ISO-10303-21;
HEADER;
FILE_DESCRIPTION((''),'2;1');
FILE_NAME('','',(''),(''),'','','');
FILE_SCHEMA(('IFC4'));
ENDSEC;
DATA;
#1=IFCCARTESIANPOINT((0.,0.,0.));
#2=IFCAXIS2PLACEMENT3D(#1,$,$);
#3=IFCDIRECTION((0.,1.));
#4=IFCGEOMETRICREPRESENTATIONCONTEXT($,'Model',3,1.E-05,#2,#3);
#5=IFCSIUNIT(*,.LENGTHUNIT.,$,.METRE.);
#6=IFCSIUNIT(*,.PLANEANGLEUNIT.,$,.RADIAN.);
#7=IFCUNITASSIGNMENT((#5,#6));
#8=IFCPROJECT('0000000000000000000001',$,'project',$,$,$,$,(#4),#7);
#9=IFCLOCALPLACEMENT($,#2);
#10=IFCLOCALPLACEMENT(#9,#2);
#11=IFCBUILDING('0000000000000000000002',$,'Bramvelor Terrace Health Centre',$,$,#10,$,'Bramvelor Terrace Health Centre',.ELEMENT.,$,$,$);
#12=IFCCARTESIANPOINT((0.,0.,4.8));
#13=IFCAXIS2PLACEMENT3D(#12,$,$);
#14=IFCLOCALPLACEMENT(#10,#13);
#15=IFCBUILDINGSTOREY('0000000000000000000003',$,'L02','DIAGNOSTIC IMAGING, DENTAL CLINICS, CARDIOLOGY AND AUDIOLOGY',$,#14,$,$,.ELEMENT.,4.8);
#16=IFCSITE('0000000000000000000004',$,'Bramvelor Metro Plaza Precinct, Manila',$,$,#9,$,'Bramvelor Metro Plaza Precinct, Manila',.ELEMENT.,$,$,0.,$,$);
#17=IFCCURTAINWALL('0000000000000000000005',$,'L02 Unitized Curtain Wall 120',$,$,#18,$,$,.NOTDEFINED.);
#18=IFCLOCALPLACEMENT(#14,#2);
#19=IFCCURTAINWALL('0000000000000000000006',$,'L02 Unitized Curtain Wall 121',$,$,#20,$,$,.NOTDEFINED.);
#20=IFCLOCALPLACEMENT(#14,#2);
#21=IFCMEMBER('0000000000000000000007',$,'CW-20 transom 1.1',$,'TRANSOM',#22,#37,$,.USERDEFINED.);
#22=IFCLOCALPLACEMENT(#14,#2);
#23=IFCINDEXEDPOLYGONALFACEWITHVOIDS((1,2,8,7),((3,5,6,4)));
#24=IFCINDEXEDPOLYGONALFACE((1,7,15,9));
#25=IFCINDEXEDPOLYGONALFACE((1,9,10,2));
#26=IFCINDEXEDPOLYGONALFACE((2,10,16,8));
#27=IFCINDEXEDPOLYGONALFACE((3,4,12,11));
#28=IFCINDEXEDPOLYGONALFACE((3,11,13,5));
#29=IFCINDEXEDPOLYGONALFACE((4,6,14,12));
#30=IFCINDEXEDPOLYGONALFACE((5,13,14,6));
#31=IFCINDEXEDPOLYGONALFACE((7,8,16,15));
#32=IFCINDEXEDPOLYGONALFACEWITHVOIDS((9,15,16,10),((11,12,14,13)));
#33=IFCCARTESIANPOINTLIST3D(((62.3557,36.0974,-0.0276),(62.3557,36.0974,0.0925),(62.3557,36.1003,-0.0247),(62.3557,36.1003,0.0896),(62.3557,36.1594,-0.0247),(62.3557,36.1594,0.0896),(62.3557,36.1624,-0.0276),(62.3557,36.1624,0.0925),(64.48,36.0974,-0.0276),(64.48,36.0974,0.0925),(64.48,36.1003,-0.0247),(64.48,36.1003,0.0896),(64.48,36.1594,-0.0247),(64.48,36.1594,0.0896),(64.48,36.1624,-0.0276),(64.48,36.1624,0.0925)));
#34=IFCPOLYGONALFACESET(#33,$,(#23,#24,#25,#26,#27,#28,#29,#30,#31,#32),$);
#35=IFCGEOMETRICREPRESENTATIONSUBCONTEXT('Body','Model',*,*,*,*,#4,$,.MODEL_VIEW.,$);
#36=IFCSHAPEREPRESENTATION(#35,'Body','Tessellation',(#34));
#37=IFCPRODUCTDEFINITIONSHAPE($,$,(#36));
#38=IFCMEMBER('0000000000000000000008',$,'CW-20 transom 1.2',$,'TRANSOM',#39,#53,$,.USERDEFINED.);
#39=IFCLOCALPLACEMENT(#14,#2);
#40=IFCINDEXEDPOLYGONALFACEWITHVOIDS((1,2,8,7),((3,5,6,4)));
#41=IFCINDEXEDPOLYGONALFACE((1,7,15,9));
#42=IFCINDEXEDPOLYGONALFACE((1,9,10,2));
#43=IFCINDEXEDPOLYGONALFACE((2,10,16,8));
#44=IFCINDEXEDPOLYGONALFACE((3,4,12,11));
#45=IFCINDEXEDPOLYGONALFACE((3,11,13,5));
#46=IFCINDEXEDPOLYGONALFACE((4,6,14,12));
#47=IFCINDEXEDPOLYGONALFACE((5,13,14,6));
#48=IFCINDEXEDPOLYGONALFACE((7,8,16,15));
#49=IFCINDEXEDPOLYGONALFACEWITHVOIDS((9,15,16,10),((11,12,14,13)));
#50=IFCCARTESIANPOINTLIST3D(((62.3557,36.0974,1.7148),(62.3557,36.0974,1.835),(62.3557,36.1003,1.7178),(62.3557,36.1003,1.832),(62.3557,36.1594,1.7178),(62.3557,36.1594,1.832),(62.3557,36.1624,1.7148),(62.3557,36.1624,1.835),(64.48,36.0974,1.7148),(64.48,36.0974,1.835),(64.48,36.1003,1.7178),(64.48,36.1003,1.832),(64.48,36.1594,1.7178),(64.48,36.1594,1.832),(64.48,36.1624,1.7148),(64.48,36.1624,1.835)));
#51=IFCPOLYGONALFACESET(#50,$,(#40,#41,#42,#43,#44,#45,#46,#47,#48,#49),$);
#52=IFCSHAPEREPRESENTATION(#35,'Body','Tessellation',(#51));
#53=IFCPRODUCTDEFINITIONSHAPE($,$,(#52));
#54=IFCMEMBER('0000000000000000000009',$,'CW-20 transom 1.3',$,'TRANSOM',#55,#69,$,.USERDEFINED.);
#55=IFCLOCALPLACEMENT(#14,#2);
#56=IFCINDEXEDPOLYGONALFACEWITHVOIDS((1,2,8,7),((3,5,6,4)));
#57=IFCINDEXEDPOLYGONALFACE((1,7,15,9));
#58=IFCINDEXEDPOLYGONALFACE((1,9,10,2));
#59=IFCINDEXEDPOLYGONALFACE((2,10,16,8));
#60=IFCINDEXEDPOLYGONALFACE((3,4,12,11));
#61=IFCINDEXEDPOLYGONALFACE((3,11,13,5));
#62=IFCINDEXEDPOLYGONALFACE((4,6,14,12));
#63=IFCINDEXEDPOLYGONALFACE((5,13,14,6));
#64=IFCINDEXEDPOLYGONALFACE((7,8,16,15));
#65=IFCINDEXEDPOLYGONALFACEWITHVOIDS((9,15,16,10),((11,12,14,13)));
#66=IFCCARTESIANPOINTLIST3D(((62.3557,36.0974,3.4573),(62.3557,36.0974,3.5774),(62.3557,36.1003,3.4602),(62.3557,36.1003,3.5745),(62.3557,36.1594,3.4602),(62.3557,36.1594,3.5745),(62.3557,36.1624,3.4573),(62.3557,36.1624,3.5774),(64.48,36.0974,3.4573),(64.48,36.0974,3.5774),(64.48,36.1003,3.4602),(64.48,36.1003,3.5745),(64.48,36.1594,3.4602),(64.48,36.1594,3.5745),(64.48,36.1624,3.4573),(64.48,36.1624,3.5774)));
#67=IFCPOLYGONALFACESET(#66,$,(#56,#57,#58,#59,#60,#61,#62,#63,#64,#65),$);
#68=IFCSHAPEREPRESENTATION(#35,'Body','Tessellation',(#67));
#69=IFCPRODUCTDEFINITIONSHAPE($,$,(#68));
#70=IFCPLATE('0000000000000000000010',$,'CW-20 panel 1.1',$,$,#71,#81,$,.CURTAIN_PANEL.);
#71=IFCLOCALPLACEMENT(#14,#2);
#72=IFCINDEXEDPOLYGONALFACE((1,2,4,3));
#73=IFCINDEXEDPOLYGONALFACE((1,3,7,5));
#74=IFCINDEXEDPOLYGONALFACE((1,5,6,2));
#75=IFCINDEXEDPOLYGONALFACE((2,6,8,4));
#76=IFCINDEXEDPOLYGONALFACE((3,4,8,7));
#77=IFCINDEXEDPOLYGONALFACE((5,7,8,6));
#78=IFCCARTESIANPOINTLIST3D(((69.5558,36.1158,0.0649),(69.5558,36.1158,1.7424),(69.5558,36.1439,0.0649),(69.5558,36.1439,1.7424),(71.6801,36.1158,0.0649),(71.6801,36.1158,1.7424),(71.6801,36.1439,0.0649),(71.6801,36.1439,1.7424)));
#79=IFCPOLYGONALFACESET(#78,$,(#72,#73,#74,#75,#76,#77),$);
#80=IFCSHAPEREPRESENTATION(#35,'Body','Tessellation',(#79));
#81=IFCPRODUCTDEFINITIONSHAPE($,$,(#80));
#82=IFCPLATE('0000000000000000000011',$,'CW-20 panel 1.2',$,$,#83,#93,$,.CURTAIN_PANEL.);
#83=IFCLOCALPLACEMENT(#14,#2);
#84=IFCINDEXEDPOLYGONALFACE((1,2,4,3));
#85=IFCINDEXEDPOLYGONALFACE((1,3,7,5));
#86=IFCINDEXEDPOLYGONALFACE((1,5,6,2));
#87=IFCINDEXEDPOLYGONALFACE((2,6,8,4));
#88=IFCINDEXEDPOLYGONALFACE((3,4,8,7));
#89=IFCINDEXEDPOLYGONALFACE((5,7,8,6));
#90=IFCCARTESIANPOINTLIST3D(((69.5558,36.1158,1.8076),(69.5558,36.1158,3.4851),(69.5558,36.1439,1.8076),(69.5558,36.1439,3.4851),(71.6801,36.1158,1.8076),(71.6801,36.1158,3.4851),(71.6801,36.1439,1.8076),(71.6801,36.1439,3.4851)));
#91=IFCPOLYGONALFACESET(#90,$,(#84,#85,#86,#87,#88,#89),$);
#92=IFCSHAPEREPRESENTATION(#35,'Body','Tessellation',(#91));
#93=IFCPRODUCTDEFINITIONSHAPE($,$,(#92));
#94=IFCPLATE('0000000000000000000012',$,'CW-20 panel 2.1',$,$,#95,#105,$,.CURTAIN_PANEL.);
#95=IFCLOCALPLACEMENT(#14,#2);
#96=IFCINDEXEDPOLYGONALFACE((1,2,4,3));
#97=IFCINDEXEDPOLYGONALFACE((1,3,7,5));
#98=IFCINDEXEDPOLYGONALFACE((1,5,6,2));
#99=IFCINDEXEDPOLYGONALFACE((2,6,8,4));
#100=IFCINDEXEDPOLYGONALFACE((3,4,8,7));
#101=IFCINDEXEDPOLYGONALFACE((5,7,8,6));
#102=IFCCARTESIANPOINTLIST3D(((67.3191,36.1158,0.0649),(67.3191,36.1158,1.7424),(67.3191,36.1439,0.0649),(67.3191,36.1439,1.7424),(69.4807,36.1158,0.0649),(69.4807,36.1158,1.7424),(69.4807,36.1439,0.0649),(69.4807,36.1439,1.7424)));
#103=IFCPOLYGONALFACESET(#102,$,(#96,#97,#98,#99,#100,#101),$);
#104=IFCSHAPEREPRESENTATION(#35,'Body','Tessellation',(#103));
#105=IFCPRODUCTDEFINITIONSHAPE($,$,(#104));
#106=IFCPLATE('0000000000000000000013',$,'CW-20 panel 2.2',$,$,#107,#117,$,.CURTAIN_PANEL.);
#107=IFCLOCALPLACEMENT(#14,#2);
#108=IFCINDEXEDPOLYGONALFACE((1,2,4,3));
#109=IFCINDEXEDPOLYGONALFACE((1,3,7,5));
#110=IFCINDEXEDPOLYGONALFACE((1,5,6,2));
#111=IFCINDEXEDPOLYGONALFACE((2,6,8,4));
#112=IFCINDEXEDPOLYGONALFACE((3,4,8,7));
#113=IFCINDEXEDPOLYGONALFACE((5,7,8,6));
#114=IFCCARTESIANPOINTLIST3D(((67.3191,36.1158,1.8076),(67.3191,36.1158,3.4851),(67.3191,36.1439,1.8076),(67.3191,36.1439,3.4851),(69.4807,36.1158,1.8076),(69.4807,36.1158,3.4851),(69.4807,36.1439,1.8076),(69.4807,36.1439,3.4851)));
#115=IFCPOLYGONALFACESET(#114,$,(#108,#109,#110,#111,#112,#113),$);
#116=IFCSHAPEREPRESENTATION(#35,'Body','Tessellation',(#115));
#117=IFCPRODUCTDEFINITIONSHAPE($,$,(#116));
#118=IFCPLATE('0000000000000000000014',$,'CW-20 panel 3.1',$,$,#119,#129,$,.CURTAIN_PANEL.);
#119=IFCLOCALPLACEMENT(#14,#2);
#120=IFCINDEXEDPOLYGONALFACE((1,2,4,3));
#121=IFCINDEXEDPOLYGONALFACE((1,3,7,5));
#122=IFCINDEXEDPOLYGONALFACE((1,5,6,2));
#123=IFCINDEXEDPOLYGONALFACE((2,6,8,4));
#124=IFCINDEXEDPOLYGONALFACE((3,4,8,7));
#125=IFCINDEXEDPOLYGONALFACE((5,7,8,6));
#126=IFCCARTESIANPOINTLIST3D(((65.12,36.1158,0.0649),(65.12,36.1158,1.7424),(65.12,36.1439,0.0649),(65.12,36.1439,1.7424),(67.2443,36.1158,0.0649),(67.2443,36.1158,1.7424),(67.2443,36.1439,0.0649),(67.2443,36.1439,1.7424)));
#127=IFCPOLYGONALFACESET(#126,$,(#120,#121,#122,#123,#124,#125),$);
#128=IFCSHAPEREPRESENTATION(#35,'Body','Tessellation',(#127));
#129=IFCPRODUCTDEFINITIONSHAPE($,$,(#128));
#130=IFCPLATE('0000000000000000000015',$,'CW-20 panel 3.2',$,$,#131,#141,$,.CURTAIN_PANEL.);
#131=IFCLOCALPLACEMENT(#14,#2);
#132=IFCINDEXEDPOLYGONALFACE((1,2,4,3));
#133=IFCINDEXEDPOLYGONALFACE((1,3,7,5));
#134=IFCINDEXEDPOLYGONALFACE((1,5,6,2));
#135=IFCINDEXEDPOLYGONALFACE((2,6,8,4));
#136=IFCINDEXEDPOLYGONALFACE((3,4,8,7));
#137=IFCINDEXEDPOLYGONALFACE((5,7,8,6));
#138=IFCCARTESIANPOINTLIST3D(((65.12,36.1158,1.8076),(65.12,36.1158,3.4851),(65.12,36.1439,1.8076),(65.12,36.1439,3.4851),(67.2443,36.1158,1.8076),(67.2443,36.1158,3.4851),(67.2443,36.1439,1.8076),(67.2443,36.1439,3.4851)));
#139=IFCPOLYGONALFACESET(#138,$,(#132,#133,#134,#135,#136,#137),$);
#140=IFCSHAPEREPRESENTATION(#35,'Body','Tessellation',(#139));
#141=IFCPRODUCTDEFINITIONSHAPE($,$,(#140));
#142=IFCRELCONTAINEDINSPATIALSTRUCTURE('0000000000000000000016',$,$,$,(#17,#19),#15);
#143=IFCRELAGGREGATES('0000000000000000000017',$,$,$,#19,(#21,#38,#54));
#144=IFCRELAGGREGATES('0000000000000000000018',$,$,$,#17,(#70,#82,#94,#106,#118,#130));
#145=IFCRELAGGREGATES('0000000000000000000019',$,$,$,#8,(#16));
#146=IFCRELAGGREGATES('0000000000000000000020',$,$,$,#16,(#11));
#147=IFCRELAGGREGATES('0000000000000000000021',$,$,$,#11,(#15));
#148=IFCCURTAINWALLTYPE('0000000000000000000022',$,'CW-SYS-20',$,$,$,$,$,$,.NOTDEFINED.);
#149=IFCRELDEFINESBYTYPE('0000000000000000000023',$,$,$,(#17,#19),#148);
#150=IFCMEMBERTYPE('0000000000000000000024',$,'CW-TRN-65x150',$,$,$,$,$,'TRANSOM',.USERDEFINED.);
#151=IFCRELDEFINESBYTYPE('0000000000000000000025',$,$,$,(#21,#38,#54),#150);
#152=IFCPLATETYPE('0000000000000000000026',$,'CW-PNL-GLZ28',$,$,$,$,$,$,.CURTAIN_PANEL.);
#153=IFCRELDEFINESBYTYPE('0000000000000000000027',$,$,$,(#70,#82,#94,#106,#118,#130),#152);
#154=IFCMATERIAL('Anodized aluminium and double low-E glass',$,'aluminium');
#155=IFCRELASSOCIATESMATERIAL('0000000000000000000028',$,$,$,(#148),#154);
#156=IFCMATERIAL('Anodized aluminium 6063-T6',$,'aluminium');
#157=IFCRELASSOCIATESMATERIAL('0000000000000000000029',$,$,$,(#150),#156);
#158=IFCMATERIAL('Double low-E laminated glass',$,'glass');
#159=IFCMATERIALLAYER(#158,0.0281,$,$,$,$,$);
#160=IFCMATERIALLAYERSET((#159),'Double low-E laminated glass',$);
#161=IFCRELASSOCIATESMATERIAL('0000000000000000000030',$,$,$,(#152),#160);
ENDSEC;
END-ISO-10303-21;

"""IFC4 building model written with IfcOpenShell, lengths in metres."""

from ifc_helpers import new_model, si_unit, direction, frame, origin, origin_2d, place, context, subcontext, project, spatial, rectangle, hollow_rectangle, extrude, material, layer, layer_set, material_profile, profile_set, type_object, element, aggregate, save


model = new_model("IFC4")

# Units and contexts
model_context = context("Model", 3, precision=1e-05, world=origin(), true_north=direction((0.0, 1.0)))
body_context = subcontext(model_context, "Body", "Model", "MODEL_VIEW")
ifc_project = project(units=[si_unit("LENGTHUNIT", "METRE"), si_unit("PLANEANGLEUNIT", "RADIAN")], contexts=[model_context])

# Site, building, storey
site_placement = place(None, origin())
site = spatial("IfcSite", under=ifc_project, at=site_placement, Name="Bramvelor Metro Plaza Precinct, Manila", LongName="Bramvelor Metro Plaza Precinct, Manila", CompositionType="ELEMENT", RefElevation=0.0)
building_placement = place(site_placement, origin())
building = spatial("IfcBuilding", under=site, at=building_placement, Name="Bramvelor Terrace Health Centre", LongName="Bramvelor Terrace Health Centre", CompositionType="ELEMENT")
storey_placement = place(building_placement, frame((0.0, 0.0, 4.8)))
storey = spatial("IfcBuildingStorey", under=building, at=storey_placement, Name="L02", Description="DIAGNOSTIC IMAGING, DENTAL CLINICS, CARDIOLOGY AND AUDIOLOGY", CompositionType="ELEMENT", Elevation=4.8)

# Curtain wall
ifc_material_1 = material(Name="Anodized aluminium and double low-E glass", Category="aluminium")
curtain_wall_type = type_object("IfcCurtainWallType", Name="CW-SYS-20", PredefinedType="NOTDEFINED", material=ifc_material_1)
curtain_wall_1_placement = place(storey_placement, origin())
curtain_wall_1 = element("IfcCurtainWall", 1, at=curtain_wall_1_placement, inside=storey, type_object=curtain_wall_type, Name="L02 Unitized Curtain Wall 120", PredefinedType="NOTDEFINED")

# Curtain wall
curtain_wall_2_placement = place(storey_placement, origin())
curtain_wall_2 = element("IfcCurtainWall", 2, at=curtain_wall_2_placement, inside=storey, type_object=curtain_wall_type, Name="L02 Unitized Curtain Wall 121", PredefinedType="NOTDEFINED")

# Members
ifc_material_2 = material(Name="Anodized aluminium 6063-T6", Category="aluminium")
ifc_material_profile_1 = material_profile(ifc_material_2, hollow_rectangle(XDim=0.0649, YDim=0.1201, WallThickness=0.0029, at=origin_2d()), Name="ALU-TRN 65x120x3.0")
ifc_profile_set_1 = profile_set([ifc_material_profile_1], Name="Anodized aluminium 6063-T6")
member_type_1 = type_object("IfcMemberType", Name="CW-TRN-65x150", ElementType="TRANSOM", PredefinedType="USERDEFINED", material=ifc_profile_set_1)
member_1_placement = place(storey_placement, frame((64.48, 36.1299, 0.0325), z_axis=(-1.0, 0.0, 0.0), x_axis=(0.0, -1.0, 0.0)))
member_1 = element("IfcMember", 3, at=member_1_placement, type_object=member_type_1, Name="CW-20 transom 1.1", ObjectType="TRANSOM", PredefinedType="USERDEFINED", context=body_context, shape_type="SweptSolid", body=[
    extrude(hollow_rectangle(XDim=0.0649, YDim=0.1201, WallThickness=0.0029, at=origin_2d()), origin(), (0.0, 0.0, 1.0), 2.1243),
])
member_2_placement = place(storey_placement, frame((64.48, 36.1299, 1.7749), z_axis=(-1.0, 0.0, 0.0), x_axis=(0.0, -1.0, 0.0)))
member_2 = element("IfcMember", 4, at=member_2_placement, type_object=member_type_1, Name="CW-20 transom 1.2", ObjectType="TRANSOM", PredefinedType="USERDEFINED", context=body_context, shape_type="SweptSolid", body=[
    extrude(hollow_rectangle(XDim=0.0649, YDim=0.1201, WallThickness=0.0029, at=origin_2d()), origin(), (0.0, 0.0, 1.0), 2.1243),
])
member_3_placement = place(storey_placement, frame((64.48, 36.1299, 3.5173), z_axis=(-1.0, 0.0, 0.0), x_axis=(0.0, -1.0, 0.0)))
member_3 = element("IfcMember", 5, at=member_3_placement, type_object=member_type_1, Name="CW-20 transom 1.3", ObjectType="TRANSOM", PredefinedType="USERDEFINED", context=body_context, shape_type="SweptSolid", body=[
    extrude(hollow_rectangle(XDim=0.0649, YDim=0.1201, WallThickness=0.0029, at=origin_2d()), origin(), (0.0, 0.0, 1.0), 2.1243),
])
aggregate(curtain_wall_2, [member_1, member_2, member_3])

# Plates
ifc_material_3 = material(Name="Double low-E laminated glass", Category="glass")
ifc_layer = layer(ifc_material_3, 0.0281)
ifc_layer_set = layer_set([ifc_layer], Name="Double low-E laminated glass")
plate_type = type_object("IfcPlateType", Name="CW-PNL-GLZ28", PredefinedType="CURTAIN_PANEL", material=ifc_layer_set)
plate_1_placement = place(storey_placement, frame((70.6179, 36.1299, 0.0649), z_axis=(0.0, 0.0, 1.0), x_axis=(-1.0, 0.0, 0.0)))
plate_1 = element("IfcPlate", 6, at=plate_1_placement, type_object=plate_type, Name="CW-20 panel 1.1", PredefinedType="CURTAIN_PANEL", context=body_context, shape_type="SweptSolid", body=[
    extrude(rectangle(XDim=2.1243, YDim=0.0281, at=origin_2d()), origin(), (0.0, 0.0, 1.0), 1.6775),
])
plate_2_placement = place(storey_placement, frame((70.6179, 36.1299, 1.8076), z_axis=(0.0, 0.0, 1.0), x_axis=(-1.0, 0.0, 0.0)))
plate_2 = element("IfcPlate", 7, at=plate_2_placement, type_object=plate_type, Name="CW-20 panel 1.2", PredefinedType="CURTAIN_PANEL", context=body_context, shape_type="SweptSolid", body=[
    extrude(rectangle(XDim=2.1243, YDim=0.0281, at=origin_2d()), origin(), (0.0, 0.0, 1.0), 1.6775),
])
plate_3_placement = place(storey_placement, frame((68.3999, 36.1299, 0.0649), z_axis=(0.0, 0.0, 1.0), x_axis=(-1.0, 0.0, 0.0)))
plate_3 = element("IfcPlate", 8, at=plate_3_placement, type_object=plate_type, Name="CW-20 panel 2.1", PredefinedType="CURTAIN_PANEL", context=body_context, shape_type="SweptSolid", body=[
    extrude(rectangle(XDim=2.1616, YDim=0.0281, at=origin_2d()), origin(), (0.0, 0.0, 1.0), 1.6775),
])
plate_4_placement = place(storey_placement, frame((68.3999, 36.1299, 1.8076), z_axis=(0.0, 0.0, 1.0), x_axis=(-1.0, 0.0, 0.0)))
plate_4 = element("IfcPlate", 9, at=plate_4_placement, type_object=plate_type, Name="CW-20 panel 2.2", PredefinedType="CURTAIN_PANEL", context=body_context, shape_type="SweptSolid", body=[
    extrude(rectangle(XDim=2.1616, YDim=0.0281, at=origin_2d()), origin(), (0.0, 0.0, 1.0), 1.6775),
])
plate_5_placement = place(storey_placement, frame((66.1821, 36.1299, 0.0649), z_axis=(0.0, 0.0, 1.0), x_axis=(-1.0, 0.0, 0.0)))
plate_5 = element("IfcPlate", 10, at=plate_5_placement, type_object=plate_type, Name="CW-20 panel 3.1", PredefinedType="CURTAIN_PANEL", context=body_context, shape_type="SweptSolid", body=[
    extrude(rectangle(XDim=2.1243, YDim=0.0281, at=origin_2d()), origin(), (0.0, 0.0, 1.0), 1.6775),
])
plate_6_placement = place(storey_placement, frame((66.1821, 36.1299, 1.8076), z_axis=(0.0, 0.0, 1.0), x_axis=(-1.0, 0.0, 0.0)))
plate_6 = element("IfcPlate", 11, at=plate_6_placement, type_object=plate_type, Name="CW-20 panel 3.2", PredefinedType="CURTAIN_PANEL", context=body_context, shape_type="SweptSolid", body=[
    extrude(rectangle(XDim=2.1243, YDim=0.0281, at=origin_2d()), origin(), (0.0, 0.0, 1.0), 1.6775),
])
aggregate(curtain_wall_1, [plate_1, plate_2, plate_3, plate_4, plate_5, plate_6])

save(model, "model.ifc")
